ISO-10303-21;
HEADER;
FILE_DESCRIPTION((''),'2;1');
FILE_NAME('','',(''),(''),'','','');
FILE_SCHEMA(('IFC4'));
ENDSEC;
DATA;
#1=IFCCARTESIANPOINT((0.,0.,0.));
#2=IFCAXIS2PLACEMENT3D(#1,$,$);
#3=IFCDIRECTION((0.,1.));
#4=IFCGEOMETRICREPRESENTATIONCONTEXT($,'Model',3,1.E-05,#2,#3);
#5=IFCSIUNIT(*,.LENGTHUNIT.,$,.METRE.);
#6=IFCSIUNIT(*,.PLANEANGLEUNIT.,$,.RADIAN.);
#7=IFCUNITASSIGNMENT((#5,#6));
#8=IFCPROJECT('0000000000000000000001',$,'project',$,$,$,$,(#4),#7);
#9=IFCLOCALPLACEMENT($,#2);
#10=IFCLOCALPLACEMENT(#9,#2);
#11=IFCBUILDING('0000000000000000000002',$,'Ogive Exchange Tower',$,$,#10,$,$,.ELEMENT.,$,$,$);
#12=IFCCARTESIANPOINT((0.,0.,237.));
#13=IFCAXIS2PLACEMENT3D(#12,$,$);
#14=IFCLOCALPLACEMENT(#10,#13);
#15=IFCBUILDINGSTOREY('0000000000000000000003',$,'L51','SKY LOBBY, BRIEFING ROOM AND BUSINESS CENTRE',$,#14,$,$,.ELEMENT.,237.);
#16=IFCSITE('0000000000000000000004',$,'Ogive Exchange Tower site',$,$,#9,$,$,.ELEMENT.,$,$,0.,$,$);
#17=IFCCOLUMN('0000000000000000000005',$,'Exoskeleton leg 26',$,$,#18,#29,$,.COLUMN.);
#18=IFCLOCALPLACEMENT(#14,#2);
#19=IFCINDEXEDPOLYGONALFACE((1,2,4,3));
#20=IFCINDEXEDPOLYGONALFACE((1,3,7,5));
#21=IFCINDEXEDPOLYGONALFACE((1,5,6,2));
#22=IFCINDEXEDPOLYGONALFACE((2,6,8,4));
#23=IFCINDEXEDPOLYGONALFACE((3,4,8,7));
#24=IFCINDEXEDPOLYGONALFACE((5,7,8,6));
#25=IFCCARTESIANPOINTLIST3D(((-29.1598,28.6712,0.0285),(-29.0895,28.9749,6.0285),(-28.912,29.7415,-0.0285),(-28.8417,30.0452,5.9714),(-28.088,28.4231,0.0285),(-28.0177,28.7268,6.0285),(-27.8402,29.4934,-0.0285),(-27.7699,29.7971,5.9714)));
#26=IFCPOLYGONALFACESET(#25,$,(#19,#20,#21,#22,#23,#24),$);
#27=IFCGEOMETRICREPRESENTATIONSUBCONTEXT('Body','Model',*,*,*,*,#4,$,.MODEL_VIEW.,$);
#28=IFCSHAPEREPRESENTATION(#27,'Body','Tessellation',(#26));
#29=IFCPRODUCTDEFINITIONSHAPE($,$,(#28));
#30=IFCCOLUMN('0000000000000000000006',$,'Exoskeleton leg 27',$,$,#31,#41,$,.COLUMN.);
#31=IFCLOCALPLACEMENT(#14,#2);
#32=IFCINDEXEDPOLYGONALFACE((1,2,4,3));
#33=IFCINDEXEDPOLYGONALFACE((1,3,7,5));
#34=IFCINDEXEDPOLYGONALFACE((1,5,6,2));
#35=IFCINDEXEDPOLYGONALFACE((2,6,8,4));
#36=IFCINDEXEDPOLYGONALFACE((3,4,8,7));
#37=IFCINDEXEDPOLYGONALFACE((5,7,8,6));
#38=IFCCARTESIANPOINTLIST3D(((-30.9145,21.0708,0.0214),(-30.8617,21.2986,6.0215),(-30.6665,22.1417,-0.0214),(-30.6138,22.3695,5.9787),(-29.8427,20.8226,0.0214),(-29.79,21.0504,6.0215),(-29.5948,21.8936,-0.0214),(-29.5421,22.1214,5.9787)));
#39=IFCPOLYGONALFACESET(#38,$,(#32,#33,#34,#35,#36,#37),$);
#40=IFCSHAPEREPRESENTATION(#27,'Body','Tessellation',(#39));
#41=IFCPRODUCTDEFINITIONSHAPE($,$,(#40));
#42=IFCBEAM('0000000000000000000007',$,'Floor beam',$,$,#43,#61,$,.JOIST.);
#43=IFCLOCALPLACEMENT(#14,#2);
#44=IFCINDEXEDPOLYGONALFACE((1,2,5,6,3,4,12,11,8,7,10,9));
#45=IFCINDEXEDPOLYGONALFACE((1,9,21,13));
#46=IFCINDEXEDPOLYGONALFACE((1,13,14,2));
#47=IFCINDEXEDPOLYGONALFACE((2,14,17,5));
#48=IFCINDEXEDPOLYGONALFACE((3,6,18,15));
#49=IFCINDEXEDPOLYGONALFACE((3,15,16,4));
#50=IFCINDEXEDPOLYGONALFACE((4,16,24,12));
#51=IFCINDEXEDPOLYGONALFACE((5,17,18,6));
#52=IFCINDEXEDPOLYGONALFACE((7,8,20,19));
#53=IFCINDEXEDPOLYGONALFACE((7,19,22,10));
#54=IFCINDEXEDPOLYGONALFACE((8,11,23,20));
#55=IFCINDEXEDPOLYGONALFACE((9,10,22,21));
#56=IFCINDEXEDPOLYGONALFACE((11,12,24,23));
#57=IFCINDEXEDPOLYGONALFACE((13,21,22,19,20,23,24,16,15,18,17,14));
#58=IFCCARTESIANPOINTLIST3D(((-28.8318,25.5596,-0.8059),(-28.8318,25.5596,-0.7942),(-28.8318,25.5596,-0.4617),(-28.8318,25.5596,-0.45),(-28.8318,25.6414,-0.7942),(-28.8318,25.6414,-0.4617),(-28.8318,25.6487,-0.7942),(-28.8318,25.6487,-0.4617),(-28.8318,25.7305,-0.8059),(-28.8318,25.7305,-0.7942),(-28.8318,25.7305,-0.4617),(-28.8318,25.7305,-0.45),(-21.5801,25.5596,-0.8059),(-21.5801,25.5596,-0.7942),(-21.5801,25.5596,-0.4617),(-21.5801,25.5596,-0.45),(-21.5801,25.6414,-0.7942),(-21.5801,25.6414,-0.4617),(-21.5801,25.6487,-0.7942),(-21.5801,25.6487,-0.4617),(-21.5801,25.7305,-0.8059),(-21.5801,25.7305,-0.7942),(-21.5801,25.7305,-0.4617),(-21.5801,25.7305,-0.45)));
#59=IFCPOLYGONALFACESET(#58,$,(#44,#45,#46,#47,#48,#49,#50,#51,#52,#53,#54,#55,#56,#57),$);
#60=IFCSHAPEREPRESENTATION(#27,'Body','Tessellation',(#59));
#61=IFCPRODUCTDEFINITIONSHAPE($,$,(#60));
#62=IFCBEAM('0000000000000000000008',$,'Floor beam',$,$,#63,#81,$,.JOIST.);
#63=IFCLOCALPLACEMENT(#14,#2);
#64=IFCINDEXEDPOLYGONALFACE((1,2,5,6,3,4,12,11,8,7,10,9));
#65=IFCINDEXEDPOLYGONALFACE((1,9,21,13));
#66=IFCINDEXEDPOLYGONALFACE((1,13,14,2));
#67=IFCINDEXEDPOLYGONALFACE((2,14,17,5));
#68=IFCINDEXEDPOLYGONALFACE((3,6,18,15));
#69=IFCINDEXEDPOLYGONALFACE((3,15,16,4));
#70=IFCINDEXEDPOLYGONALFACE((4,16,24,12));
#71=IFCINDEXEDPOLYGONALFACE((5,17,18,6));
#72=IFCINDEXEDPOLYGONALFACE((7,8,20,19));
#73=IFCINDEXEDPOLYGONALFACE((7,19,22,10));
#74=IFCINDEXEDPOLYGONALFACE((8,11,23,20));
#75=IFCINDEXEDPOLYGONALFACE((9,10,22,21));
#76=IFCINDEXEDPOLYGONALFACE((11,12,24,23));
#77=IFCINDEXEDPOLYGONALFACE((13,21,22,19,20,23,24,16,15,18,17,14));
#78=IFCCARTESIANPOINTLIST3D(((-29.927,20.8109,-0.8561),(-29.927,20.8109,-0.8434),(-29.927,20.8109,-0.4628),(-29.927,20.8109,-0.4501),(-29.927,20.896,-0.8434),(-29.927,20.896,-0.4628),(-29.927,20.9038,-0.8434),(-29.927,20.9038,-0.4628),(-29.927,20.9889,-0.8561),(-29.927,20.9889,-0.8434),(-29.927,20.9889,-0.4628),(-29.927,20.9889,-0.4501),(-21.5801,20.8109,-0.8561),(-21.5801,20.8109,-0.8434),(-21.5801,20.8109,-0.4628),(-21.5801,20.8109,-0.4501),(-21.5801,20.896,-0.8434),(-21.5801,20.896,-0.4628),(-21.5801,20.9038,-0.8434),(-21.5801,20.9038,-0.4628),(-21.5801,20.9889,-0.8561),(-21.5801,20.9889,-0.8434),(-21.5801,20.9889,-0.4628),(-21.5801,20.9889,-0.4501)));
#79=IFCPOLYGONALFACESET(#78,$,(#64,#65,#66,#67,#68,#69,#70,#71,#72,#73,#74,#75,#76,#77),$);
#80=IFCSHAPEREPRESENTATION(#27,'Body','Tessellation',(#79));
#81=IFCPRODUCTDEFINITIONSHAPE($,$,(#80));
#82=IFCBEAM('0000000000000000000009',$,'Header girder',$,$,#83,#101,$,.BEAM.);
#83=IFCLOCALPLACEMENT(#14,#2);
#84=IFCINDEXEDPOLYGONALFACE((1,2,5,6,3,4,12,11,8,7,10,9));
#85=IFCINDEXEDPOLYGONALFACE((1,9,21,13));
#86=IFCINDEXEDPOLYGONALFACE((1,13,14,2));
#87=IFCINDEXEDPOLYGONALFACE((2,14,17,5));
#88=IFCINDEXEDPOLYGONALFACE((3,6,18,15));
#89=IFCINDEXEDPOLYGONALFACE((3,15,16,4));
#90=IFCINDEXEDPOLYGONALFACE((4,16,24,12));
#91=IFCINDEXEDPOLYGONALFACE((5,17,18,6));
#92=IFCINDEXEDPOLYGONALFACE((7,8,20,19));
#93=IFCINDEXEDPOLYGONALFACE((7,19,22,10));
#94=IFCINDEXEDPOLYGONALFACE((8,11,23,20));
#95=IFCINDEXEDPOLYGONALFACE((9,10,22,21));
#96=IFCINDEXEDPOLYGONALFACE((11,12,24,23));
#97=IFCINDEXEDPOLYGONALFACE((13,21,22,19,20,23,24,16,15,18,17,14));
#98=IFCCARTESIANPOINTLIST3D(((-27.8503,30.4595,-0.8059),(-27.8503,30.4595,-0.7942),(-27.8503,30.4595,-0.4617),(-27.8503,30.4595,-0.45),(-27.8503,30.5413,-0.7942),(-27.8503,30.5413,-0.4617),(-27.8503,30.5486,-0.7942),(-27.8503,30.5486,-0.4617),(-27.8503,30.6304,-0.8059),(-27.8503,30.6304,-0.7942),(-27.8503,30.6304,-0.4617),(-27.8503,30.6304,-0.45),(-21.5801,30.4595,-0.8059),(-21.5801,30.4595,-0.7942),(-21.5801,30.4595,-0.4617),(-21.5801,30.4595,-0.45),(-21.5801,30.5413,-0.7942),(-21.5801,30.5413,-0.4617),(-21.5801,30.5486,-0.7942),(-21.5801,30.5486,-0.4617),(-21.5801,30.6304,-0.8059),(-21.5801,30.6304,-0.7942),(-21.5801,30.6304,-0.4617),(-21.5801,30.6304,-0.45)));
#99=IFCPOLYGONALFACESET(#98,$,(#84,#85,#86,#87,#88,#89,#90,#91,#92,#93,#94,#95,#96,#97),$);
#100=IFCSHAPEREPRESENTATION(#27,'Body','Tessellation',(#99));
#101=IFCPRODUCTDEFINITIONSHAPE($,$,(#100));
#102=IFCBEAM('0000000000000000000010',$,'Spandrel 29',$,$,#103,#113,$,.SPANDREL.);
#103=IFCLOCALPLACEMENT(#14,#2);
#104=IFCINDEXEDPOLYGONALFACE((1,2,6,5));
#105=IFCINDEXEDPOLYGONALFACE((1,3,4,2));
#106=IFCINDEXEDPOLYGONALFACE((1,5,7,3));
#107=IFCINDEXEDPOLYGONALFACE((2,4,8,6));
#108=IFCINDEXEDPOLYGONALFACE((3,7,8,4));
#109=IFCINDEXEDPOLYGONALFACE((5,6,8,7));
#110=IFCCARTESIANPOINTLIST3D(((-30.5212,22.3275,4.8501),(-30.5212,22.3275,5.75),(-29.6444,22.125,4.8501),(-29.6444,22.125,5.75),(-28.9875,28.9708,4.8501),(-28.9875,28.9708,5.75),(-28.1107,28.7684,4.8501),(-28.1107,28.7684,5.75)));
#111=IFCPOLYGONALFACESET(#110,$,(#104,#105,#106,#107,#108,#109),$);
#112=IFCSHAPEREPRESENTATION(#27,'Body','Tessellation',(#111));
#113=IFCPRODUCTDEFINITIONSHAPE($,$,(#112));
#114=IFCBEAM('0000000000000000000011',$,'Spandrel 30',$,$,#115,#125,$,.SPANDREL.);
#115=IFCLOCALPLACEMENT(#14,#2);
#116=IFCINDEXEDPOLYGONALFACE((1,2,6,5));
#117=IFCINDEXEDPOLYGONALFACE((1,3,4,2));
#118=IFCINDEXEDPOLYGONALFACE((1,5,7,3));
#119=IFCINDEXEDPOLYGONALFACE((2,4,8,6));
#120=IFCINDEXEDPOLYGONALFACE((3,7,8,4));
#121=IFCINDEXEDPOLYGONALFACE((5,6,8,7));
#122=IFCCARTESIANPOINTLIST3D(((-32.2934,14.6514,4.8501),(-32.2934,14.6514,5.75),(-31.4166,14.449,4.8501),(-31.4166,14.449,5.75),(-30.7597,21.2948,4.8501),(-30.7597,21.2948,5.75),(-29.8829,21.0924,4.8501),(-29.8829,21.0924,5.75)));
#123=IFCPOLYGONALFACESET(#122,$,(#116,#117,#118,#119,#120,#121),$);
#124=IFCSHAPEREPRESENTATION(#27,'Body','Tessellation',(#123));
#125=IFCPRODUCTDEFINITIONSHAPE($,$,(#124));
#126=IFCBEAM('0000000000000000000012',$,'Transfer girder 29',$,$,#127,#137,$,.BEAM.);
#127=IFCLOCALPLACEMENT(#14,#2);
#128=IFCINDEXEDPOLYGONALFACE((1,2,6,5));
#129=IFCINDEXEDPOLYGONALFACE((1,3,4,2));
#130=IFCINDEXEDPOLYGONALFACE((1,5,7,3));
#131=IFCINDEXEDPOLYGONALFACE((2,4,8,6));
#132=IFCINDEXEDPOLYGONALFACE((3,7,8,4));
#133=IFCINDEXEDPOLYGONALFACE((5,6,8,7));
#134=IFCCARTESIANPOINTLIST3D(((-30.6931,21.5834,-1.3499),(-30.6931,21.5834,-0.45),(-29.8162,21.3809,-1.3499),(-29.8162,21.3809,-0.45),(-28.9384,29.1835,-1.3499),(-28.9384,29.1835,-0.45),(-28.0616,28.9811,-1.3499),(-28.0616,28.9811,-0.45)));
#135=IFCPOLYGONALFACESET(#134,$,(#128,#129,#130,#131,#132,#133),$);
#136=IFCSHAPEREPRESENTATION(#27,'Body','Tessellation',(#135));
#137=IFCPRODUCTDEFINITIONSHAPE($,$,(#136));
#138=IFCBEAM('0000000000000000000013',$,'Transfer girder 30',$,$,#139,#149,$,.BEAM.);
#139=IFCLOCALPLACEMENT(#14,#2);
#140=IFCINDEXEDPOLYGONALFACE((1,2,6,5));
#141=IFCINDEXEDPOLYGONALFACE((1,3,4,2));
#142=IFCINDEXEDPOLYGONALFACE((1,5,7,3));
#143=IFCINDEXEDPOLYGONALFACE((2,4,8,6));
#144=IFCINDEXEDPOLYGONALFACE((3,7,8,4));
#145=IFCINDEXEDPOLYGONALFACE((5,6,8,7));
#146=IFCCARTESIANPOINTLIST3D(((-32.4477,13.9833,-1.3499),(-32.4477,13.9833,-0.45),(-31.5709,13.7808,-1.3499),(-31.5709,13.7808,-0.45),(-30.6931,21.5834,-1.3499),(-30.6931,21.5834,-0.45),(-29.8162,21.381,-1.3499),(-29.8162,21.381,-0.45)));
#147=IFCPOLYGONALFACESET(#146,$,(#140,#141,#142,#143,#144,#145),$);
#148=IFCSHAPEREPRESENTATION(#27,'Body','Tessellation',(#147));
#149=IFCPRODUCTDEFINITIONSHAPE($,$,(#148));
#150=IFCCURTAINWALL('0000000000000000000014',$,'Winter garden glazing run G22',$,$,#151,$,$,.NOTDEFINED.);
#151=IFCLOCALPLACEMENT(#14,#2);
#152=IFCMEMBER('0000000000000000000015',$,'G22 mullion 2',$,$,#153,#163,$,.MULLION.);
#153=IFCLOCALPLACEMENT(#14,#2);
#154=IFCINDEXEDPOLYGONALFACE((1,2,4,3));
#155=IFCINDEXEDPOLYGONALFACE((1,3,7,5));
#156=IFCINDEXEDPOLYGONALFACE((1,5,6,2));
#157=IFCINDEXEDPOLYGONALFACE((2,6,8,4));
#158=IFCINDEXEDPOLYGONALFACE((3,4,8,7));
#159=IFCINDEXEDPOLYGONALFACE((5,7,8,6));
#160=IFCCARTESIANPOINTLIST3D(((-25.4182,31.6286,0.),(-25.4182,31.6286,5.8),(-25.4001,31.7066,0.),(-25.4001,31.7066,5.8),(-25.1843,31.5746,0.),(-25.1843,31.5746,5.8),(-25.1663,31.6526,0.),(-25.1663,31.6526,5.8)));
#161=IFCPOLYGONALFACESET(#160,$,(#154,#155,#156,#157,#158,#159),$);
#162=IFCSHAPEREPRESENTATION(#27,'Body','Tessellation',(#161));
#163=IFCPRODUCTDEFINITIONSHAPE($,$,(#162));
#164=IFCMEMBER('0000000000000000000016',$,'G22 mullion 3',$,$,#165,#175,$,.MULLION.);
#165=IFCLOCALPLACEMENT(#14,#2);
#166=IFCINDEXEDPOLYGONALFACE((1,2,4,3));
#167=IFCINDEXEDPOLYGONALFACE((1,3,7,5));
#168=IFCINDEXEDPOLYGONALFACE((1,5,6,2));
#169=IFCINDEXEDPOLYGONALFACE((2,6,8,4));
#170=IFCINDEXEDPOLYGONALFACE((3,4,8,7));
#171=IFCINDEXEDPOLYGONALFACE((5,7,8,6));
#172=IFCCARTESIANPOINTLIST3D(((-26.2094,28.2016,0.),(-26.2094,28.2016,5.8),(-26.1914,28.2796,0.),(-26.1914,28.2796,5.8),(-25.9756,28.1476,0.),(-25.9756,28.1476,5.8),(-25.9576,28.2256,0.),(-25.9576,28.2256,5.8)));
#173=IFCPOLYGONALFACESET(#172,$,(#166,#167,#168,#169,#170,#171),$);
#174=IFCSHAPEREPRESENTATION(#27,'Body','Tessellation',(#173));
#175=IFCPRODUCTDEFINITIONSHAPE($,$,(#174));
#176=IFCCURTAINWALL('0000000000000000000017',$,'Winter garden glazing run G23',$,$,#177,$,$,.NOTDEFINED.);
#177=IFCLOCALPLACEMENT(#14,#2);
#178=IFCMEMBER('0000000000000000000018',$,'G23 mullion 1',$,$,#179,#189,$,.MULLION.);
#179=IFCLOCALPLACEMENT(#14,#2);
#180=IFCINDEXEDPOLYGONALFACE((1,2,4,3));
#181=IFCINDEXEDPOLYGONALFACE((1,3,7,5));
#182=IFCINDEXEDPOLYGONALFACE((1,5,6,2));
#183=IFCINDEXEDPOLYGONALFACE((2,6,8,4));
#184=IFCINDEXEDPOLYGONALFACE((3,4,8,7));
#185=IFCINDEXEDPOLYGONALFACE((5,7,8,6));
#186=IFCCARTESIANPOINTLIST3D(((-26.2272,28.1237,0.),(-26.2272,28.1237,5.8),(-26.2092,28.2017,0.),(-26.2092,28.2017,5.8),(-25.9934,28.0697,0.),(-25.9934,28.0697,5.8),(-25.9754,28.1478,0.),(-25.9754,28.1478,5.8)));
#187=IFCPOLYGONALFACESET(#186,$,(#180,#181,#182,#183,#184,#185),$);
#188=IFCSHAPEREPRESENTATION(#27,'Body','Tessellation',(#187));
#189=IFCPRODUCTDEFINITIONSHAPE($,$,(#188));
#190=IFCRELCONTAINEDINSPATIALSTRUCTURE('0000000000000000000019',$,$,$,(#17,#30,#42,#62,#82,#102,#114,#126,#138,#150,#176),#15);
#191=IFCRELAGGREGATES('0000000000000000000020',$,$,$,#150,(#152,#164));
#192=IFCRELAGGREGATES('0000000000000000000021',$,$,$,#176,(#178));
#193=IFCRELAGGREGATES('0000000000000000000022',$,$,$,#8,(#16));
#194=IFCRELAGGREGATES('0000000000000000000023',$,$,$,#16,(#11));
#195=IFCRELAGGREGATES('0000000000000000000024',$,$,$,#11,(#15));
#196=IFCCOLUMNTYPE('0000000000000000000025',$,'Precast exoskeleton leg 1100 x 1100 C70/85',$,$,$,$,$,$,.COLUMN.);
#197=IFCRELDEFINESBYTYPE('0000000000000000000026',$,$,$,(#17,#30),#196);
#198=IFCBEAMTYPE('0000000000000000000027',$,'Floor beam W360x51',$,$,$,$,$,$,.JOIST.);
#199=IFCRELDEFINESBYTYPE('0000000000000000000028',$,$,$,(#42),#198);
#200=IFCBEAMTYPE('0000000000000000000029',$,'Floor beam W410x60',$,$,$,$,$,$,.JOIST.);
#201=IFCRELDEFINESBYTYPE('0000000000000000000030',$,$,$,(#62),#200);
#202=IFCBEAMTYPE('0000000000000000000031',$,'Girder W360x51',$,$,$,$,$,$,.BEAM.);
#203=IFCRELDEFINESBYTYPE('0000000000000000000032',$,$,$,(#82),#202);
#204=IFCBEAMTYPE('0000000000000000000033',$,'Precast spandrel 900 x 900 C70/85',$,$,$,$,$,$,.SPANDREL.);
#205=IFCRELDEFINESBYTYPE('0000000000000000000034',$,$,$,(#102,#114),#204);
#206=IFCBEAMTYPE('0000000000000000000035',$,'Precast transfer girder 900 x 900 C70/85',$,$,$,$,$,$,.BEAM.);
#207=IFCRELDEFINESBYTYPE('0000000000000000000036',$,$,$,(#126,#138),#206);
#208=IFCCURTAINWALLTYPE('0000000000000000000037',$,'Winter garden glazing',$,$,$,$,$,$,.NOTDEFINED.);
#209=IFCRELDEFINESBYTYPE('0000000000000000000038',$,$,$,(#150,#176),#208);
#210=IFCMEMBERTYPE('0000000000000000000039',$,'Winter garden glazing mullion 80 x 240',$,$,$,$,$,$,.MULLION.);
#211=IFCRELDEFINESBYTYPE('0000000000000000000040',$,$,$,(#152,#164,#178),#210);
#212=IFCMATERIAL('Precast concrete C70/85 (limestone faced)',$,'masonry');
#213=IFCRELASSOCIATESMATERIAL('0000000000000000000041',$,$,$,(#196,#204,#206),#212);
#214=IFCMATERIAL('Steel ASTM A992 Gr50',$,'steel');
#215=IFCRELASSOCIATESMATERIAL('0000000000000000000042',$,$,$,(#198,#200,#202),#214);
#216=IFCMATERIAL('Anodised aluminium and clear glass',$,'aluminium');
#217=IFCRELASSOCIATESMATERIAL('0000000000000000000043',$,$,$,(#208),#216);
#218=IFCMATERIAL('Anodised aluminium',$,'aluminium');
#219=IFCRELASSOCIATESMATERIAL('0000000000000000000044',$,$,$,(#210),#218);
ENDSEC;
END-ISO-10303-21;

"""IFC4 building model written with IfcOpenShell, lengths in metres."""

from ifc_helpers import new_model, si_unit, direction, frame, origin, origin_2d, place, context, subcontext, project, spatial, rectangle, i_section, extrude, material, material_profile, profile_set, type_object, element, aggregate, save


model = new_model("IFC4")

# Units and contexts
model_context = context("Model", 3, precision=1e-05, world=origin(), true_north=direction((0.0, 1.0)))
body_context = subcontext(model_context, "Body", "Model", "MODEL_VIEW")
ifc_project = project(units=[si_unit("LENGTHUNIT", "METRE"), si_unit("PLANEANGLEUNIT", "RADIAN")], contexts=[model_context])

# Site, building, storey
site_placement = place(None, origin())
site = spatial("IfcSite", under=ifc_project, at=site_placement, Name="Ogive Exchange Tower site", CompositionType="ELEMENT", RefElevation=0.0)
building_placement = place(site_placement, origin())
building = spatial("IfcBuilding", under=site, at=building_placement, Name="Ogive Exchange Tower", CompositionType="ELEMENT")
storey_placement = place(building_placement, frame((0.0, 0.0, 237.0)))
storey = spatial("IfcBuildingStorey", under=building, at=storey_placement, Name="L51", Description="SKY LOBBY, BRIEFING ROOM AND BUSINESS CENTRE", CompositionType="ELEMENT", Elevation=237.0)

# Columns
ifc_material_1 = material(Name="Precast concrete C70/85 (limestone faced)", Category="masonry")
ifc_material_profile_1 = material_profile(ifc_material_1, rectangle(XDim=1.1001, YDim=1.1001, at=origin_2d()), Name="1100 x 1100")
ifc_profile_set_1 = profile_set([ifc_material_profile_1], Name="Precast concrete C70/85 (limestone faced)")
column_type = type_object("IfcColumnType", Name="Precast exoskeleton leg 1100 x 1100 C70/85", PredefinedType="COLUMN", material=ifc_profile_set_1)
column_1_placement = place(storey_placement, frame((-28.5, 29.0823, 0.0), z_axis=(0.011703, 0.05055, 0.998653), x_axis=(-0.974233, 0.225546, 0.0)))
element("IfcColumn", 1, at=column_1_placement, inside=storey, type_object=column_type, Name="Exoskeleton leg 26", PredefinedType="COLUMN", context=body_context, shape_type="SweptSolid", body=[
    extrude(rectangle(XDim=1.1001, YDim=1.1001, at=origin_2d()), origin(), (0.0, 0.0, 1.0), 6.0081),
])
column_2_placement = place(storey_placement, frame((-30.2546, 21.4822, 0.0), z_axis=(0.008782, 0.037935, 0.999242), x_axis=(-0.974233, 0.225546, 0.0)))
element("IfcColumn", 2, at=column_2_placement, inside=storey, type_object=column_type, Name="Exoskeleton leg 27", PredefinedType="COLUMN", context=body_context, shape_type="SweptSolid", body=[
    extrude(rectangle(XDim=1.1001, YDim=1.1001, at=origin_2d()), origin(), (0.0, 0.0, 1.0), 6.0046),
])

# Beams
ifc_material_2 = material(Name="Steel ASTM A992 Gr50", Category="steel")
ifc_material_profile_2 = material_profile(ifc_material_2, i_section(OverallWidth=0.1709, OverallDepth=0.356, WebThickness=0.0073, FlangeThickness=0.0117, at=origin_2d()), Name="W360x51")
ifc_profile_set_2 = profile_set([ifc_material_profile_2], Name="Steel ASTM A992 Gr50")
beam_type_1 = type_object("IfcBeamType", Name="Floor beam W360x51", PredefinedType="JOIST", material=ifc_profile_set_2)
beam_1_placement = place(storey_placement, frame((-28.8318, 25.645, -0.6279), z_axis=(1.0, 0.0, 0.0), x_axis=(0.0, 1.0, 0.0)))
element("IfcBeam", 3, at=beam_1_placement, inside=storey, type_object=beam_type_1, Name="Floor beam", PredefinedType="JOIST", context=body_context, shape_type="SweptSolid", body=[
    extrude(i_section(OverallWidth=0.1709, OverallDepth=0.356, WebThickness=0.0073, FlangeThickness=0.0117, at=origin_2d()), origin(), (0.0, 0.0, 1.0), 7.2517),
])
ifc_material_profile_3 = material_profile(ifc_material_2, i_section(OverallWidth=0.178, OverallDepth=0.406, WebThickness=0.0078, FlangeThickness=0.0127, at=origin_2d()), Name="W410x60")
ifc_profile_set_3 = profile_set([ifc_material_profile_3], Name="Steel ASTM A992 Gr50")
beam_type_2 = type_object("IfcBeamType", Name="Floor beam W410x60", PredefinedType="JOIST", material=ifc_profile_set_3)
beam_2_placement = place(storey_placement, frame((-29.927, 20.8999, -0.6531), z_axis=(1.0, 0.0, 0.0), x_axis=(0.0, 1.0, 0.0)))
element("IfcBeam", 4, at=beam_2_placement, inside=storey, type_object=beam_type_2, Name="Floor beam", PredefinedType="JOIST", context=body_context, shape_type="SweptSolid", body=[
    extrude(i_section(OverallWidth=0.178, OverallDepth=0.406, WebThickness=0.0078, FlangeThickness=0.0127, at=origin_2d()), origin(), (0.0, 0.0, 1.0), 8.3469),
])
ifc_material_profile_4 = material_profile(ifc_material_2, i_section(OverallWidth=0.1709, OverallDepth=0.356, WebThickness=0.0073, FlangeThickness=0.0117, at=origin_2d()), Name="W360x51")
ifc_profile_set_4 = profile_set([ifc_material_profile_4], Name="Steel ASTM A992 Gr50")
beam_type_3 = type_object("IfcBeamType", Name="Girder W360x51", PredefinedType="BEAM", material=ifc_profile_set_4)
beam_3_placement = place(storey_placement, frame((-27.8503, 30.5449, -0.6279), z_axis=(1.0, 0.0, 0.0), x_axis=(0.0, 1.0, 0.0)))
element("IfcBeam", 5, at=beam_3_placement, inside=storey, type_object=beam_type_3, Name="Header girder", PredefinedType="BEAM", context=body_context, shape_type="SweptSolid", body=[
    extrude(i_section(OverallWidth=0.1709, OverallDepth=0.356, WebThickness=0.0073, FlangeThickness=0.0117, at=origin_2d()), origin(), (0.0, 0.0, 1.0), 6.2703),
])
ifc_material_profile_5 = material_profile(ifc_material_1, rectangle(XDim=0.8999, YDim=0.8999, at=origin_2d()), Name="900 x 900")
ifc_profile_set_5 = profile_set([ifc_material_profile_5], Name="Precast concrete C70/85 (limestone faced)")
beam_type_4 = type_object("IfcBeamType", Name="Precast spandrel 900 x 900 C70/85", PredefinedType="SPANDREL", material=ifc_profile_set_5)
for number, where, z_axis, x_axis, name in (
    (6, (-28.5491, 28.8696, 5.3), (-0.224946, -0.974371, 0.0), (0.974371, -0.224946, 0.0), "Spandrel 29"),
    (7, (-30.3213, 21.1936, 5.3), (-0.224946, -0.974371, 0.0), (0.974371, -0.224946, 0.0), "Spandrel 30"),
):
    element("IfcBeam", number, at=place(storey_placement, frame(where, z_axis=z_axis, x_axis=x_axis)), inside=storey, type_object=beam_type_4, Name=name, PredefinedType="SPANDREL", context=body_context, shape_type="SweptSolid", body=[
        extrude(rectangle(XDim=0.8999, YDim=0.8999, at=origin_2d()), origin(), (0.0, 0.0, 1.0), 6.8181),
    ])
ifc_material_profile_6 = material_profile(ifc_material_1, rectangle(XDim=0.8999, YDim=0.8999, at=origin_2d()), Name="900 x 900")
ifc_profile_set_6 = profile_set([ifc_material_profile_6], Name="Precast concrete C70/85 (limestone faced)")
beam_type_5 = type_object("IfcBeamType", Name="Precast transfer girder 900 x 900 C70/85", PredefinedType="BEAM", material=ifc_profile_set_6)
for number, where, z_axis, x_axis, name in (
    (8, (-28.5, 29.0823, -0.8999), (-0.224953, -0.97437, 0.0), (0.97437, -0.224953, 0.0), "Transfer girder 29"),
    (9, (-30.2546, 21.4822, -0.8999), (-0.224953, -0.97437, 0.0), (0.97437, -0.224953, 0.0), "Transfer girder 30"),
):
    element("IfcBeam", number, at=place(storey_placement, frame(where, z_axis=z_axis, x_axis=x_axis)), inside=storey, type_object=beam_type_5, Name=name, PredefinedType="BEAM", context=body_context, shape_type="SweptSolid", body=[
        extrude(rectangle(XDim=0.8999, YDim=0.8999, at=origin_2d()), origin(), (0.0, 0.0, 1.0), 7.8),
    ])

# Curtain walls, members
ifc_material_3 = material(Name="Anodised aluminium and clear glass", Category="aluminium")
curtain_wall_type = type_object("IfcCurtainWallType", Name="Winter garden glazing", PredefinedType="NOTDEFINED", material=ifc_material_3)
curtain_wall_1_placement = place(storey_placement, origin())
curtain_wall_1 = element("IfcCurtainWall", 10, at=curtain_wall_1_placement, inside=storey, type_object=curtain_wall_type, Name="Winter garden glazing run G22", PredefinedType="NOTDEFINED")
ifc_material_4 = material(Name="Anodised aluminium", Category="aluminium")
ifc_material_profile_7 = material_profile(ifc_material_4, rectangle(XDim=0.24, YDim=0.0801, at=origin_2d()), Name="AL 80x240")
ifc_profile_set_7 = profile_set([ifc_material_profile_7], Name="Anodised aluminium")
member_type_1 = type_object("IfcMemberType", Name="Winter garden glazing mullion 80 x 240", PredefinedType="MULLION", material=ifc_profile_set_7)
member_1_placement = place(storey_placement, frame((-25.2922, 31.6406, 0.0), z_axis=(0.0, 0.0, 1.0), x_axis=(0.974372, -0.224941, 0.0)))
member_1 = element("IfcMember", 11, at=member_1_placement, type_object=member_type_1, Name="G22 mullion 2", PredefinedType="MULLION", context=body_context, shape_type="SweptSolid", body=[
    extrude(rectangle(XDim=0.24, YDim=0.0801, at=origin_2d()), origin(), (0.0, 0.0, 1.0), 5.8),
])
member_2_placement = place(storey_placement, frame((-26.0835, 28.2136, 0.0), z_axis=(0.0, 0.0, 1.0), x_axis=(0.974372, -0.224941, 0.0)))
member_2 = element("IfcMember", 12, at=member_2_placement, type_object=member_type_1, Name="G22 mullion 3", PredefinedType="MULLION", context=body_context, shape_type="SweptSolid", body=[
    extrude(rectangle(XDim=0.24, YDim=0.0801, at=origin_2d()), origin(), (0.0, 0.0, 1.0), 5.8),
])
curtain_wall_2_placement = place(storey_placement, origin())
curtain_wall_2 = element("IfcCurtainWall", 13, at=curtain_wall_2_placement, inside=storey, type_object=curtain_wall_type, Name="Winter garden glazing run G23", PredefinedType="NOTDEFINED")
member_3_placement = place(storey_placement, frame((-26.1013, 28.1357, 0.0), z_axis=(0.0, 0.0, 1.0), x_axis=(0.974369, -0.224957, 0.0)))
member_3 = element("IfcMember", 14, at=member_3_placement, type_object=member_type_1, Name="G23 mullion 1", PredefinedType="MULLION", context=body_context, shape_type="SweptSolid", body=[
    extrude(rectangle(XDim=0.24, YDim=0.0801, at=origin_2d()), origin(), (0.0, 0.0, 1.0), 5.8),
])

aggregate(curtain_wall_1, [member_1, member_2])
aggregate(curtain_wall_2, [member_3])

save(model, "model.ifc")
